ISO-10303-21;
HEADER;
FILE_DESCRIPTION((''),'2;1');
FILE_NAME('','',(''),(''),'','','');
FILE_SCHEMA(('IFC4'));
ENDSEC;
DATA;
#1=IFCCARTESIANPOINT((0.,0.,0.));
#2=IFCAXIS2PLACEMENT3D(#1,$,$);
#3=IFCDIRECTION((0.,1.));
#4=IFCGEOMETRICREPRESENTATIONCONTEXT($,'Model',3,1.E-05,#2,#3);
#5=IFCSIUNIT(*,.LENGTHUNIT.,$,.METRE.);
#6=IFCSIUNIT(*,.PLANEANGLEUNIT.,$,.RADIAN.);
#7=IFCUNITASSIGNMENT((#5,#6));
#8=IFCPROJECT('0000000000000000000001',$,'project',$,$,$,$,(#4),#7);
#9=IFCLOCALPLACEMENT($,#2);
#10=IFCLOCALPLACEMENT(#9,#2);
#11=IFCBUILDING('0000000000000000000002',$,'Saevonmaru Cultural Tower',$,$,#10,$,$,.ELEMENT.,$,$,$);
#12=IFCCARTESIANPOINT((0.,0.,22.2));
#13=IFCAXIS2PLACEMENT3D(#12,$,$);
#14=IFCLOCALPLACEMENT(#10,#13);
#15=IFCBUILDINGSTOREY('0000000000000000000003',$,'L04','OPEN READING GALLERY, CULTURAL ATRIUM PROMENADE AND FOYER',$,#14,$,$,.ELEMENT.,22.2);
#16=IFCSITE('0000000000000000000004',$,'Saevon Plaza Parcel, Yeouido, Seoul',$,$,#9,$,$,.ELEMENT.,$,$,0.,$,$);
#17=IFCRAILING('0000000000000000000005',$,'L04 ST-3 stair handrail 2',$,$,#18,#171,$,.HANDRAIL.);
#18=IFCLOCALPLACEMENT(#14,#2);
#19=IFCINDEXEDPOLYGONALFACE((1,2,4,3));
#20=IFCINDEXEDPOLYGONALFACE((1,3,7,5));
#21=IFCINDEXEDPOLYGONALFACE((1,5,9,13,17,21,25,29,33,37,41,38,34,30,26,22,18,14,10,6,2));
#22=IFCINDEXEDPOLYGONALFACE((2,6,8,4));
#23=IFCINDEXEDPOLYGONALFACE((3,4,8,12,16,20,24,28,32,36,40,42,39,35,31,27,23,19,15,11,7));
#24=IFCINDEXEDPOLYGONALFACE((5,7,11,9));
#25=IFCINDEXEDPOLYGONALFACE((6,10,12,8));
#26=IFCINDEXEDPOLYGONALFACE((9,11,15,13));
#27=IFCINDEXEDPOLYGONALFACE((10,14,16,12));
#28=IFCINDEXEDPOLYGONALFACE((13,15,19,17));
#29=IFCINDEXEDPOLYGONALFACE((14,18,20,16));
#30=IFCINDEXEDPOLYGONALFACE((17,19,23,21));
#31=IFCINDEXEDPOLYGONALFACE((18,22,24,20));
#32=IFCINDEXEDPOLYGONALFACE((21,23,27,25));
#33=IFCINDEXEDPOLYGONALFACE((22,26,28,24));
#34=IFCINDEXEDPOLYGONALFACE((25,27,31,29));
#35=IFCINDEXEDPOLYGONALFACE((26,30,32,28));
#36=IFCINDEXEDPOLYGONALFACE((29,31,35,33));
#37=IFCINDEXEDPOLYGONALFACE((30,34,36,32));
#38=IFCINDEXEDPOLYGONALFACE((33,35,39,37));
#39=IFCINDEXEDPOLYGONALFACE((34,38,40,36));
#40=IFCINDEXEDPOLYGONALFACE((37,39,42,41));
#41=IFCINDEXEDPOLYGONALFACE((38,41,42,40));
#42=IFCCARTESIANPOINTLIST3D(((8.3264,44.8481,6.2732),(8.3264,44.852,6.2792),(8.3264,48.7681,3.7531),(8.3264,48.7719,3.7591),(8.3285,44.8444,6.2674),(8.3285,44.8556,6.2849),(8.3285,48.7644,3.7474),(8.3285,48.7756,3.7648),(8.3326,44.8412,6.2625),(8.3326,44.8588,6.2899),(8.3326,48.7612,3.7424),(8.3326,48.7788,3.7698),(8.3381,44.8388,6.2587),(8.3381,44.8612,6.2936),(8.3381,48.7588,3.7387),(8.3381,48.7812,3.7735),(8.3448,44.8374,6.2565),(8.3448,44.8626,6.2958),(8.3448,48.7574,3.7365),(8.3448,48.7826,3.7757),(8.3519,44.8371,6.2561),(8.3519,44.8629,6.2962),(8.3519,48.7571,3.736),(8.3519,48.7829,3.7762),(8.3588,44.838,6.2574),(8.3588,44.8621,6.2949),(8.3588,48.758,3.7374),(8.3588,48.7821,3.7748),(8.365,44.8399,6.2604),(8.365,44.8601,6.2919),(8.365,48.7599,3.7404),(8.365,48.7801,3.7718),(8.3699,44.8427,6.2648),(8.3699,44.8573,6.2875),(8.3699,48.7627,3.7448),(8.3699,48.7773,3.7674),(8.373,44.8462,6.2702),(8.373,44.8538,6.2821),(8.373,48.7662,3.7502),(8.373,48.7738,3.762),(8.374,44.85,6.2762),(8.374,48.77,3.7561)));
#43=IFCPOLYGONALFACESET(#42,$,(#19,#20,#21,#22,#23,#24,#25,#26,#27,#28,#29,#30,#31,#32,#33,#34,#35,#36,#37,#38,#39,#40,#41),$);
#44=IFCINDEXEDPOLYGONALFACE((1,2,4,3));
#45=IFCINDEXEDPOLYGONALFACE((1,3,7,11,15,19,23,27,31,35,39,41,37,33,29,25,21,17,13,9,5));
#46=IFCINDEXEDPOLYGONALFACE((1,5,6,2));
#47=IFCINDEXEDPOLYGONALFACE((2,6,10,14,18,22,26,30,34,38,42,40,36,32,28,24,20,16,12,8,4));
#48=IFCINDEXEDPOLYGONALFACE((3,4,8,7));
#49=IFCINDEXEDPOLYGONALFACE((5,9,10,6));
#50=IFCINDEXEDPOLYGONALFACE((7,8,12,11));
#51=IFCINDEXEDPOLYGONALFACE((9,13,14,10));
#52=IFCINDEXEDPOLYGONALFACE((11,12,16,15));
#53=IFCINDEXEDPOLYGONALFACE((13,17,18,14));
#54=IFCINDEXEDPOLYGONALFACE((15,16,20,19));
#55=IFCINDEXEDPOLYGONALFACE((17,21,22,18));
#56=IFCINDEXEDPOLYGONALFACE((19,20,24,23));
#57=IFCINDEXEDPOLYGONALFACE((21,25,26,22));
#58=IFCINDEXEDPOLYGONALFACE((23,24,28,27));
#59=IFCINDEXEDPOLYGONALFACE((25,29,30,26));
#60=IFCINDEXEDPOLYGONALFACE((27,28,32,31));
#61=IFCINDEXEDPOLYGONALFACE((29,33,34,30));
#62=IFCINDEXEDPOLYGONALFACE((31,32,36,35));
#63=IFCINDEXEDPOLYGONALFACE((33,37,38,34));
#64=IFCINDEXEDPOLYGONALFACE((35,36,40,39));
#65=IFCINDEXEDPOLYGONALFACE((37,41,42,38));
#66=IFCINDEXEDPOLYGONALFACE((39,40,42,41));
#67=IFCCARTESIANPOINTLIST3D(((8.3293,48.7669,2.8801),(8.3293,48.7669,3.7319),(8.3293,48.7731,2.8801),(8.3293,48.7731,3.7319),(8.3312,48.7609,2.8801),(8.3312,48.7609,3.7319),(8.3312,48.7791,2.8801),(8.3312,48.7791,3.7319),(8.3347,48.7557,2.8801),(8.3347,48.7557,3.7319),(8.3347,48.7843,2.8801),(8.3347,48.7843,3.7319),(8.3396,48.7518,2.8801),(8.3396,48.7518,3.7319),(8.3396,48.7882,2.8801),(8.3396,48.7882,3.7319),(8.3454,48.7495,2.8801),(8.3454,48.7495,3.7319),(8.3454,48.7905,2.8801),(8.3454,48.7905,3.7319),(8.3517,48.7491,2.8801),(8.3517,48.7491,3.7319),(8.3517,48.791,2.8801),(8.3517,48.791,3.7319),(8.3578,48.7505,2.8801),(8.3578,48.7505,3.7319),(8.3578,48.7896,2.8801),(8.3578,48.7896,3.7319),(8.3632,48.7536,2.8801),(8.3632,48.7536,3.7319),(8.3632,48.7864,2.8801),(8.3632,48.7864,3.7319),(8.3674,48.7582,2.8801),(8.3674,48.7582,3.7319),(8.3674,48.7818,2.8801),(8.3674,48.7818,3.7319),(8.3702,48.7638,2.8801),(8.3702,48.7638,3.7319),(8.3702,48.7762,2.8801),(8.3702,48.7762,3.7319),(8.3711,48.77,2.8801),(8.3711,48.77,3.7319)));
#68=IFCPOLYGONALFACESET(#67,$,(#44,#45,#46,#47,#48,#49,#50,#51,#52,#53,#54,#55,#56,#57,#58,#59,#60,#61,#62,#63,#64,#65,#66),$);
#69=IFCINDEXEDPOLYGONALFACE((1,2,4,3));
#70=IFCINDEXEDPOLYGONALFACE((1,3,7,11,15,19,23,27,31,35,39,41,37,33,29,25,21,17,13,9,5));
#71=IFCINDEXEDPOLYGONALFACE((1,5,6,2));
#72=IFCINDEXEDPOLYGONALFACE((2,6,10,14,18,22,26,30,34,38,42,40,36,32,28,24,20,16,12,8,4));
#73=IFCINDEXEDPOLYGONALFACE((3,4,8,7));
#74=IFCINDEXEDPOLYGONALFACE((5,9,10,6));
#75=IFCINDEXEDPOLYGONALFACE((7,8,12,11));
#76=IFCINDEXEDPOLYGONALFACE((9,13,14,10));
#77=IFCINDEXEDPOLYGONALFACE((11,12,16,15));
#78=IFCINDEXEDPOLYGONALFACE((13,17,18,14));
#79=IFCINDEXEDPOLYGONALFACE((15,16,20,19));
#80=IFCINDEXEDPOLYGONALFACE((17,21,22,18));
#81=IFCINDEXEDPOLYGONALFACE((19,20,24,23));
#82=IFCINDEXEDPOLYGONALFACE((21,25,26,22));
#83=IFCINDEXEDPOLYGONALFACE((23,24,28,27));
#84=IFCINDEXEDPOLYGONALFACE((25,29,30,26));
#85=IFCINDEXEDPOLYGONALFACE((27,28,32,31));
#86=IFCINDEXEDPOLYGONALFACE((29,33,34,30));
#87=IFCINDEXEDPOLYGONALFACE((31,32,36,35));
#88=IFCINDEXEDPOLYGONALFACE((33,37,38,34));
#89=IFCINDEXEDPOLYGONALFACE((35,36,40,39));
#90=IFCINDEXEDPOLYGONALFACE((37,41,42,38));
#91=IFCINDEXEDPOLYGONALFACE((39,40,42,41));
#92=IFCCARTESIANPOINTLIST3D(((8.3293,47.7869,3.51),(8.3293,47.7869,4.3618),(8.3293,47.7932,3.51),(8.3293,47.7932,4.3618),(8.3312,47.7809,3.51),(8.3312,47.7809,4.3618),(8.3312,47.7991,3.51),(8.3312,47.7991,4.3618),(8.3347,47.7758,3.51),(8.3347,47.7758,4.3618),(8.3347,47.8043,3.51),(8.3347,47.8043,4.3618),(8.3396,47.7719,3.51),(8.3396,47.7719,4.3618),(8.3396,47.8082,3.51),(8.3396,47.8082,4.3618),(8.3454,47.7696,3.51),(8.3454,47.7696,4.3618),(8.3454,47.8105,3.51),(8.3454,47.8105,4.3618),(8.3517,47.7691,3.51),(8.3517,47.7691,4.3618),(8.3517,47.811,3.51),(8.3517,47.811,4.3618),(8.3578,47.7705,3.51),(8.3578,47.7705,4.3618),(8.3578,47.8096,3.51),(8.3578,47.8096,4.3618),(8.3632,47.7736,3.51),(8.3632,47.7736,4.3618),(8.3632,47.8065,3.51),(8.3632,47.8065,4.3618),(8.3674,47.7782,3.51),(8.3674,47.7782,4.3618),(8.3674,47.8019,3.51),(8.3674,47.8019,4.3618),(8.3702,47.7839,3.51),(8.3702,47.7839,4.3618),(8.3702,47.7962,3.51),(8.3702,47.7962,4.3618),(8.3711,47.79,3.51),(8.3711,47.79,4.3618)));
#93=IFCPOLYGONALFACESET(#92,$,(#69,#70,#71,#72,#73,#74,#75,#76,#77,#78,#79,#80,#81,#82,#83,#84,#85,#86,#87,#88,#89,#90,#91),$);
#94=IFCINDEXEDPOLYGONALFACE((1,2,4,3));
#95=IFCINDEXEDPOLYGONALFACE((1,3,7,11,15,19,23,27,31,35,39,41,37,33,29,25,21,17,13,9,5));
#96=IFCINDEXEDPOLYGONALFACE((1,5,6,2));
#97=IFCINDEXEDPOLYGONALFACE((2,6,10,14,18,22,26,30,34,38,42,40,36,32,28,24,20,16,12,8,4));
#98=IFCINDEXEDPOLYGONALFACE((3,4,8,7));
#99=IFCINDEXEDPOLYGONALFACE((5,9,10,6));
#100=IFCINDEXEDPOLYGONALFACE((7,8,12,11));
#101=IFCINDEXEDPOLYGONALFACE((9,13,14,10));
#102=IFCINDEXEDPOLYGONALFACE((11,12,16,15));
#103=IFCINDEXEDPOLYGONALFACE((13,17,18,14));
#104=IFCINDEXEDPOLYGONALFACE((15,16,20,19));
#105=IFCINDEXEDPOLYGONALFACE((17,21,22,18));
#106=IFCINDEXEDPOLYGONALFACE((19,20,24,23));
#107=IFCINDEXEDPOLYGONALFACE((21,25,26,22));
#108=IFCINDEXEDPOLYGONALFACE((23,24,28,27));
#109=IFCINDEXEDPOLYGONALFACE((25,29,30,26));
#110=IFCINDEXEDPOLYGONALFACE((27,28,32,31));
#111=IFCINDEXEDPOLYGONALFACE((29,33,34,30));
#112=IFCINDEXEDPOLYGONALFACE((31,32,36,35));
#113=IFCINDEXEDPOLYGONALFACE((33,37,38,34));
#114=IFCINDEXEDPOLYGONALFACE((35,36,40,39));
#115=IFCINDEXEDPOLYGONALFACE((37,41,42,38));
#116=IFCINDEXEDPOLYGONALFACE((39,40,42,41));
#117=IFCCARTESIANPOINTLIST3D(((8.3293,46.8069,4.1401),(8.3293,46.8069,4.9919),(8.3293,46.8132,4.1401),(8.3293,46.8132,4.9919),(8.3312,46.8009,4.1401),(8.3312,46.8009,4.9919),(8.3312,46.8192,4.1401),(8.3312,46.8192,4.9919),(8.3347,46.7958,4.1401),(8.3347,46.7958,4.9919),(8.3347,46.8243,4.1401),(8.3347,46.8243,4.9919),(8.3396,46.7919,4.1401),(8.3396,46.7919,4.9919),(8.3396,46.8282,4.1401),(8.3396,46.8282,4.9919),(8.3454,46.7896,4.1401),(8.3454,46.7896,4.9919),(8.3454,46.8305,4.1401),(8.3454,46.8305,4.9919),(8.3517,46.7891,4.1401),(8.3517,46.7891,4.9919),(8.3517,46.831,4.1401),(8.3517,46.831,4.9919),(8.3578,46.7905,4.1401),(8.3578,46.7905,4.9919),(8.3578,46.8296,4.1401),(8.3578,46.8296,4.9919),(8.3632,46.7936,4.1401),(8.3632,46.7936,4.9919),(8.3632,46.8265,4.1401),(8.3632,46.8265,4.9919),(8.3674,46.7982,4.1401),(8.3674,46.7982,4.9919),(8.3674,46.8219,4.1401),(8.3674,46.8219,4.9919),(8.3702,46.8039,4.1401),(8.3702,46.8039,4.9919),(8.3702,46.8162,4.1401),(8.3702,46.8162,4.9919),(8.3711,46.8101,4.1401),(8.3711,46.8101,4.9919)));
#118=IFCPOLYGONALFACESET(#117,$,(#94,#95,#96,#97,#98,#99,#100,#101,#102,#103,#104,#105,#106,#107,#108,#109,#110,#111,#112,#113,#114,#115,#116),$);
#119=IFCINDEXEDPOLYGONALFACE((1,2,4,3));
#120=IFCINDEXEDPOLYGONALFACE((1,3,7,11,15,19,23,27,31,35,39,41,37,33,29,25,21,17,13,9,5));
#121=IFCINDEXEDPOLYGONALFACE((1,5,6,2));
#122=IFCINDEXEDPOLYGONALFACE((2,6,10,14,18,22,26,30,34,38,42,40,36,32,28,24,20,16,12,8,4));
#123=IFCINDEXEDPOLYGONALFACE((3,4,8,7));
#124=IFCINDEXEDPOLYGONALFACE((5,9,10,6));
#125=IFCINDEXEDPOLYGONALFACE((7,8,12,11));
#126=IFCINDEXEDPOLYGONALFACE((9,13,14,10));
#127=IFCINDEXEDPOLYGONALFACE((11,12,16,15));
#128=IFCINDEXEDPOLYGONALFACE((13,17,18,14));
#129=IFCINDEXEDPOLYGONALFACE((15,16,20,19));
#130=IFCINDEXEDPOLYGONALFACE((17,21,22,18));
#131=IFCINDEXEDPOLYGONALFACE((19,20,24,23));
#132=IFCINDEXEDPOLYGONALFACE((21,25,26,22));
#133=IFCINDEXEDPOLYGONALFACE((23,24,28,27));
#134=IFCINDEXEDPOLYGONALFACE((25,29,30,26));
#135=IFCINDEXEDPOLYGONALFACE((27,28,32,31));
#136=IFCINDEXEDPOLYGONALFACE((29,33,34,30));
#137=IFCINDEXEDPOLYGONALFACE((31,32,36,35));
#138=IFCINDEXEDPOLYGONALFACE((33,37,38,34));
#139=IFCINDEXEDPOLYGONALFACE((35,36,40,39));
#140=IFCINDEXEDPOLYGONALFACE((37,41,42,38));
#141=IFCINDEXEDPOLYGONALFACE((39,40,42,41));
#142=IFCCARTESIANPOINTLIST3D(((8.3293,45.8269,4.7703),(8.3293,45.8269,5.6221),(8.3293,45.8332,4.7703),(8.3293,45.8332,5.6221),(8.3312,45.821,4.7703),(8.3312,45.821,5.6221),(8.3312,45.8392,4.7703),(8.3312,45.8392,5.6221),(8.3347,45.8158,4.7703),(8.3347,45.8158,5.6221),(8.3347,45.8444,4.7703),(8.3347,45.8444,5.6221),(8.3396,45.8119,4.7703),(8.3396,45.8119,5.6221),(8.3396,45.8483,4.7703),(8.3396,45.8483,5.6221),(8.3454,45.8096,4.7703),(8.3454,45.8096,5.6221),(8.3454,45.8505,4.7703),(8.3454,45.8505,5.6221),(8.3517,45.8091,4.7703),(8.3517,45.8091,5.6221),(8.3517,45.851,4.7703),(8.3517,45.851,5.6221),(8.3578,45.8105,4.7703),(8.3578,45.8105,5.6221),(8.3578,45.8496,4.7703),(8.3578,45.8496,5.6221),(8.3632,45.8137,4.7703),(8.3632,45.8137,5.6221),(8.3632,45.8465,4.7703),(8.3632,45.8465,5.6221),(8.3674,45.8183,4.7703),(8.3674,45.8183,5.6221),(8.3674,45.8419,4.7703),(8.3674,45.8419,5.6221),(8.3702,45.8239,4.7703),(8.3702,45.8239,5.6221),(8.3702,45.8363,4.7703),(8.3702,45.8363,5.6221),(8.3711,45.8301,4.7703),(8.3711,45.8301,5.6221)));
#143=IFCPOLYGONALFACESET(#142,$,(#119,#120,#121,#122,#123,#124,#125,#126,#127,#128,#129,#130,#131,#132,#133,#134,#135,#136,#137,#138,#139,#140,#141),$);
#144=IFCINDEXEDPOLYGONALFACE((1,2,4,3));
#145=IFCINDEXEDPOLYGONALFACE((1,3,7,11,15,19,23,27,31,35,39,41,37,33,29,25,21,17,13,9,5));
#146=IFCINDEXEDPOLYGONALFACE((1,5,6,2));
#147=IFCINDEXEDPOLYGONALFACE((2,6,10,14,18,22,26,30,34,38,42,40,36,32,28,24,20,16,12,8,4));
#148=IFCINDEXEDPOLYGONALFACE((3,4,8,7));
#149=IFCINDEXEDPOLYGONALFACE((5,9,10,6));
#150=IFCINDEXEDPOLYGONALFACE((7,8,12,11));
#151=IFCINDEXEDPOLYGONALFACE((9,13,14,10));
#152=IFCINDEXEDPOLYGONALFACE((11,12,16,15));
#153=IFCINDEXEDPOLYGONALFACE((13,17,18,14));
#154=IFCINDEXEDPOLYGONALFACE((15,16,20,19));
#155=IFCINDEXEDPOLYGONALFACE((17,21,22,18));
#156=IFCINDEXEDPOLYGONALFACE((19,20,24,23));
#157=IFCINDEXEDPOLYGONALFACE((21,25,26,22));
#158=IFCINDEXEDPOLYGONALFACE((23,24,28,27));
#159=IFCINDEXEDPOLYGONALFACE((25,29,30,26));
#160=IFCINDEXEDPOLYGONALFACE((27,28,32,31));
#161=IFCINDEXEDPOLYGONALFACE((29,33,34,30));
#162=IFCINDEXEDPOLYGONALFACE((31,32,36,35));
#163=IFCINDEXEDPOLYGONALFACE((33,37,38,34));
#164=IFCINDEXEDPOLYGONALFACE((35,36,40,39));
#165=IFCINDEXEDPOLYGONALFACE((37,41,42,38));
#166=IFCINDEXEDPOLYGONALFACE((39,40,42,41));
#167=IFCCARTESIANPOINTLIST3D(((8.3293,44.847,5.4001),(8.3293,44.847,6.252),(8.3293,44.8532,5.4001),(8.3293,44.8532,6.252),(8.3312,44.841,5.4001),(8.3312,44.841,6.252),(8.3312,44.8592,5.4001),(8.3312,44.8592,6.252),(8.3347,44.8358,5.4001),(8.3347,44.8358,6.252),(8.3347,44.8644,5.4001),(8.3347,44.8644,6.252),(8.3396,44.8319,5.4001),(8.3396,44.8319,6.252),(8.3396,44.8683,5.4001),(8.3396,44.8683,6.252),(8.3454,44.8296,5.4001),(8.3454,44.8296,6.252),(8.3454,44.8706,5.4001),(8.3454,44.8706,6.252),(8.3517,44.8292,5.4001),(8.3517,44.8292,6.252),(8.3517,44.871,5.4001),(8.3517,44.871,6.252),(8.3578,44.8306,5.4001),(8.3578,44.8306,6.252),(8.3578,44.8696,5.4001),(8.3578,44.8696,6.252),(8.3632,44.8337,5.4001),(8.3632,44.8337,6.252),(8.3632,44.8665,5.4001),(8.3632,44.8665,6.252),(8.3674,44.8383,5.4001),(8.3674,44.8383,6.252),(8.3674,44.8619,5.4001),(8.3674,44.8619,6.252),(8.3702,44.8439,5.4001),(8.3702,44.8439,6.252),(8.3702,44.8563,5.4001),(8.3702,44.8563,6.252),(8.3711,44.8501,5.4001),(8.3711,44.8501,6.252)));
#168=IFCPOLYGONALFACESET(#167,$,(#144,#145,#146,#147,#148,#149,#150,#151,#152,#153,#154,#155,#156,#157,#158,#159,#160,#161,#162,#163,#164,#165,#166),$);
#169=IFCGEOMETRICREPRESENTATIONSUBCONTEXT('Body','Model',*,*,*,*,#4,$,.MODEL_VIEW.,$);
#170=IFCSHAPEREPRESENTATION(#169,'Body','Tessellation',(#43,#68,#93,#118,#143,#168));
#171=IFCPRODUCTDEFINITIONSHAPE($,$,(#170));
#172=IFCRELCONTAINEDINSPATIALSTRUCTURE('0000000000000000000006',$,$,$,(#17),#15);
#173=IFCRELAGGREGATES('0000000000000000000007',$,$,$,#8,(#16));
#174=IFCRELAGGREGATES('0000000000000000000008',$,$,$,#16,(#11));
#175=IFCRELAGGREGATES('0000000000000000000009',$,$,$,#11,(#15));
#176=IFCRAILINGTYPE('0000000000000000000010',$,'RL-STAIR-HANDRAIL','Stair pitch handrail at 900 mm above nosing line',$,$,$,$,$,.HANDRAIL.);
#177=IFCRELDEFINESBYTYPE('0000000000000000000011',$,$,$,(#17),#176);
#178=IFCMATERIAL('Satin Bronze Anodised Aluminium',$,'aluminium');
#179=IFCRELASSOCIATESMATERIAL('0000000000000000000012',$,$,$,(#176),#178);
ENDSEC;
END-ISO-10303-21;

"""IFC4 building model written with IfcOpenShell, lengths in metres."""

from ifc_helpers import new_model, si_unit, direction, frame, origin, origin_2d, place, context, subcontext, project, spatial, circle, extrude, material, type_object, element, save


model = new_model("IFC4")

# Units and contexts
model_context = context("Model", 3, precision=1e-05, world=origin(), true_north=direction((0.0, 1.0)))
body_context = subcontext(model_context, "Body", "Model", "MODEL_VIEW")
ifc_project = project(units=[si_unit("LENGTHUNIT", "METRE"), si_unit("PLANEANGLEUNIT", "RADIAN")], contexts=[model_context])

# Site, building, storey
site_placement = place(None, origin())
site = spatial("IfcSite", under=ifc_project, at=site_placement, Name="Saevon Plaza Parcel, Yeouido, Seoul", CompositionType="ELEMENT", RefElevation=0.0)
building_placement = place(site_placement, origin())
building = spatial("IfcBuilding", under=site, at=building_placement, Name="Saevonmaru Cultural Tower", CompositionType="ELEMENT")
storey_placement = place(building_placement, frame((0.0, 0.0, 22.2)))
storey = spatial("IfcBuildingStorey", under=building, at=storey_placement, Name="L04", Description="OPEN READING GALLERY, CULTURAL ATRIUM PROMENADE AND FOYER", CompositionType="ELEMENT", Elevation=22.2)

# Shared definitions
ifc_material_1 = material(Name="Satin Bronze Anodised Aluminium", Category="aluminium")

# Railing
railing_type_1 = type_object("IfcRailingType", Name="RL-STAIR-HANDRAIL", Description="Stair pitch handrail at 900 mm above nosing line", PredefinedType="HANDRAIL", material=ifc_material_1)
railing_1_placement = place(storey_placement, frame((8.3501, 48.77, 2.8801)))
element("IfcRailing", 1, at=railing_1_placement, inside=storey, type_object=railing_type_1, Name="L04 ST-3 stair handrail 2", PredefinedType="HANDRAIL", context=body_context, shape_type="SweptSolid", body=[
    extrude(circle(Radius=0.0239, at=origin_2d()), frame((0.0, 0.0, 0.876), z_axis=(0.0, -0.841172, 0.540768), x_axis=(1.0, 0.0, 0.0)), (0.0, 0.0, 1.0), 4.6602),
    extrude(circle(Radius=0.021, at=origin_2d()), origin(), (0.0, 0.0, 1.0), 0.8518),
    extrude(circle(Radius=0.021, at=origin_2d()), frame((0.0, -0.98, 0.6299)), (0.0, 0.0, 1.0), 0.8518),
    extrude(circle(Radius=0.021, at=origin_2d()), frame((0.0, -1.96, 1.26)), (0.0, 0.0, 1.0), 0.8518),
    extrude(circle(Radius=0.021, at=origin_2d()), frame((0.0, -2.9399, 1.8901)), (0.0, 0.0, 1.0), 0.8518),
    extrude(circle(Radius=0.021, at=origin_2d()), frame((0.0, -3.9199, 2.52)), (0.0, 0.0, 1.0), 0.8518),
])

save(model, "model.ifc")
